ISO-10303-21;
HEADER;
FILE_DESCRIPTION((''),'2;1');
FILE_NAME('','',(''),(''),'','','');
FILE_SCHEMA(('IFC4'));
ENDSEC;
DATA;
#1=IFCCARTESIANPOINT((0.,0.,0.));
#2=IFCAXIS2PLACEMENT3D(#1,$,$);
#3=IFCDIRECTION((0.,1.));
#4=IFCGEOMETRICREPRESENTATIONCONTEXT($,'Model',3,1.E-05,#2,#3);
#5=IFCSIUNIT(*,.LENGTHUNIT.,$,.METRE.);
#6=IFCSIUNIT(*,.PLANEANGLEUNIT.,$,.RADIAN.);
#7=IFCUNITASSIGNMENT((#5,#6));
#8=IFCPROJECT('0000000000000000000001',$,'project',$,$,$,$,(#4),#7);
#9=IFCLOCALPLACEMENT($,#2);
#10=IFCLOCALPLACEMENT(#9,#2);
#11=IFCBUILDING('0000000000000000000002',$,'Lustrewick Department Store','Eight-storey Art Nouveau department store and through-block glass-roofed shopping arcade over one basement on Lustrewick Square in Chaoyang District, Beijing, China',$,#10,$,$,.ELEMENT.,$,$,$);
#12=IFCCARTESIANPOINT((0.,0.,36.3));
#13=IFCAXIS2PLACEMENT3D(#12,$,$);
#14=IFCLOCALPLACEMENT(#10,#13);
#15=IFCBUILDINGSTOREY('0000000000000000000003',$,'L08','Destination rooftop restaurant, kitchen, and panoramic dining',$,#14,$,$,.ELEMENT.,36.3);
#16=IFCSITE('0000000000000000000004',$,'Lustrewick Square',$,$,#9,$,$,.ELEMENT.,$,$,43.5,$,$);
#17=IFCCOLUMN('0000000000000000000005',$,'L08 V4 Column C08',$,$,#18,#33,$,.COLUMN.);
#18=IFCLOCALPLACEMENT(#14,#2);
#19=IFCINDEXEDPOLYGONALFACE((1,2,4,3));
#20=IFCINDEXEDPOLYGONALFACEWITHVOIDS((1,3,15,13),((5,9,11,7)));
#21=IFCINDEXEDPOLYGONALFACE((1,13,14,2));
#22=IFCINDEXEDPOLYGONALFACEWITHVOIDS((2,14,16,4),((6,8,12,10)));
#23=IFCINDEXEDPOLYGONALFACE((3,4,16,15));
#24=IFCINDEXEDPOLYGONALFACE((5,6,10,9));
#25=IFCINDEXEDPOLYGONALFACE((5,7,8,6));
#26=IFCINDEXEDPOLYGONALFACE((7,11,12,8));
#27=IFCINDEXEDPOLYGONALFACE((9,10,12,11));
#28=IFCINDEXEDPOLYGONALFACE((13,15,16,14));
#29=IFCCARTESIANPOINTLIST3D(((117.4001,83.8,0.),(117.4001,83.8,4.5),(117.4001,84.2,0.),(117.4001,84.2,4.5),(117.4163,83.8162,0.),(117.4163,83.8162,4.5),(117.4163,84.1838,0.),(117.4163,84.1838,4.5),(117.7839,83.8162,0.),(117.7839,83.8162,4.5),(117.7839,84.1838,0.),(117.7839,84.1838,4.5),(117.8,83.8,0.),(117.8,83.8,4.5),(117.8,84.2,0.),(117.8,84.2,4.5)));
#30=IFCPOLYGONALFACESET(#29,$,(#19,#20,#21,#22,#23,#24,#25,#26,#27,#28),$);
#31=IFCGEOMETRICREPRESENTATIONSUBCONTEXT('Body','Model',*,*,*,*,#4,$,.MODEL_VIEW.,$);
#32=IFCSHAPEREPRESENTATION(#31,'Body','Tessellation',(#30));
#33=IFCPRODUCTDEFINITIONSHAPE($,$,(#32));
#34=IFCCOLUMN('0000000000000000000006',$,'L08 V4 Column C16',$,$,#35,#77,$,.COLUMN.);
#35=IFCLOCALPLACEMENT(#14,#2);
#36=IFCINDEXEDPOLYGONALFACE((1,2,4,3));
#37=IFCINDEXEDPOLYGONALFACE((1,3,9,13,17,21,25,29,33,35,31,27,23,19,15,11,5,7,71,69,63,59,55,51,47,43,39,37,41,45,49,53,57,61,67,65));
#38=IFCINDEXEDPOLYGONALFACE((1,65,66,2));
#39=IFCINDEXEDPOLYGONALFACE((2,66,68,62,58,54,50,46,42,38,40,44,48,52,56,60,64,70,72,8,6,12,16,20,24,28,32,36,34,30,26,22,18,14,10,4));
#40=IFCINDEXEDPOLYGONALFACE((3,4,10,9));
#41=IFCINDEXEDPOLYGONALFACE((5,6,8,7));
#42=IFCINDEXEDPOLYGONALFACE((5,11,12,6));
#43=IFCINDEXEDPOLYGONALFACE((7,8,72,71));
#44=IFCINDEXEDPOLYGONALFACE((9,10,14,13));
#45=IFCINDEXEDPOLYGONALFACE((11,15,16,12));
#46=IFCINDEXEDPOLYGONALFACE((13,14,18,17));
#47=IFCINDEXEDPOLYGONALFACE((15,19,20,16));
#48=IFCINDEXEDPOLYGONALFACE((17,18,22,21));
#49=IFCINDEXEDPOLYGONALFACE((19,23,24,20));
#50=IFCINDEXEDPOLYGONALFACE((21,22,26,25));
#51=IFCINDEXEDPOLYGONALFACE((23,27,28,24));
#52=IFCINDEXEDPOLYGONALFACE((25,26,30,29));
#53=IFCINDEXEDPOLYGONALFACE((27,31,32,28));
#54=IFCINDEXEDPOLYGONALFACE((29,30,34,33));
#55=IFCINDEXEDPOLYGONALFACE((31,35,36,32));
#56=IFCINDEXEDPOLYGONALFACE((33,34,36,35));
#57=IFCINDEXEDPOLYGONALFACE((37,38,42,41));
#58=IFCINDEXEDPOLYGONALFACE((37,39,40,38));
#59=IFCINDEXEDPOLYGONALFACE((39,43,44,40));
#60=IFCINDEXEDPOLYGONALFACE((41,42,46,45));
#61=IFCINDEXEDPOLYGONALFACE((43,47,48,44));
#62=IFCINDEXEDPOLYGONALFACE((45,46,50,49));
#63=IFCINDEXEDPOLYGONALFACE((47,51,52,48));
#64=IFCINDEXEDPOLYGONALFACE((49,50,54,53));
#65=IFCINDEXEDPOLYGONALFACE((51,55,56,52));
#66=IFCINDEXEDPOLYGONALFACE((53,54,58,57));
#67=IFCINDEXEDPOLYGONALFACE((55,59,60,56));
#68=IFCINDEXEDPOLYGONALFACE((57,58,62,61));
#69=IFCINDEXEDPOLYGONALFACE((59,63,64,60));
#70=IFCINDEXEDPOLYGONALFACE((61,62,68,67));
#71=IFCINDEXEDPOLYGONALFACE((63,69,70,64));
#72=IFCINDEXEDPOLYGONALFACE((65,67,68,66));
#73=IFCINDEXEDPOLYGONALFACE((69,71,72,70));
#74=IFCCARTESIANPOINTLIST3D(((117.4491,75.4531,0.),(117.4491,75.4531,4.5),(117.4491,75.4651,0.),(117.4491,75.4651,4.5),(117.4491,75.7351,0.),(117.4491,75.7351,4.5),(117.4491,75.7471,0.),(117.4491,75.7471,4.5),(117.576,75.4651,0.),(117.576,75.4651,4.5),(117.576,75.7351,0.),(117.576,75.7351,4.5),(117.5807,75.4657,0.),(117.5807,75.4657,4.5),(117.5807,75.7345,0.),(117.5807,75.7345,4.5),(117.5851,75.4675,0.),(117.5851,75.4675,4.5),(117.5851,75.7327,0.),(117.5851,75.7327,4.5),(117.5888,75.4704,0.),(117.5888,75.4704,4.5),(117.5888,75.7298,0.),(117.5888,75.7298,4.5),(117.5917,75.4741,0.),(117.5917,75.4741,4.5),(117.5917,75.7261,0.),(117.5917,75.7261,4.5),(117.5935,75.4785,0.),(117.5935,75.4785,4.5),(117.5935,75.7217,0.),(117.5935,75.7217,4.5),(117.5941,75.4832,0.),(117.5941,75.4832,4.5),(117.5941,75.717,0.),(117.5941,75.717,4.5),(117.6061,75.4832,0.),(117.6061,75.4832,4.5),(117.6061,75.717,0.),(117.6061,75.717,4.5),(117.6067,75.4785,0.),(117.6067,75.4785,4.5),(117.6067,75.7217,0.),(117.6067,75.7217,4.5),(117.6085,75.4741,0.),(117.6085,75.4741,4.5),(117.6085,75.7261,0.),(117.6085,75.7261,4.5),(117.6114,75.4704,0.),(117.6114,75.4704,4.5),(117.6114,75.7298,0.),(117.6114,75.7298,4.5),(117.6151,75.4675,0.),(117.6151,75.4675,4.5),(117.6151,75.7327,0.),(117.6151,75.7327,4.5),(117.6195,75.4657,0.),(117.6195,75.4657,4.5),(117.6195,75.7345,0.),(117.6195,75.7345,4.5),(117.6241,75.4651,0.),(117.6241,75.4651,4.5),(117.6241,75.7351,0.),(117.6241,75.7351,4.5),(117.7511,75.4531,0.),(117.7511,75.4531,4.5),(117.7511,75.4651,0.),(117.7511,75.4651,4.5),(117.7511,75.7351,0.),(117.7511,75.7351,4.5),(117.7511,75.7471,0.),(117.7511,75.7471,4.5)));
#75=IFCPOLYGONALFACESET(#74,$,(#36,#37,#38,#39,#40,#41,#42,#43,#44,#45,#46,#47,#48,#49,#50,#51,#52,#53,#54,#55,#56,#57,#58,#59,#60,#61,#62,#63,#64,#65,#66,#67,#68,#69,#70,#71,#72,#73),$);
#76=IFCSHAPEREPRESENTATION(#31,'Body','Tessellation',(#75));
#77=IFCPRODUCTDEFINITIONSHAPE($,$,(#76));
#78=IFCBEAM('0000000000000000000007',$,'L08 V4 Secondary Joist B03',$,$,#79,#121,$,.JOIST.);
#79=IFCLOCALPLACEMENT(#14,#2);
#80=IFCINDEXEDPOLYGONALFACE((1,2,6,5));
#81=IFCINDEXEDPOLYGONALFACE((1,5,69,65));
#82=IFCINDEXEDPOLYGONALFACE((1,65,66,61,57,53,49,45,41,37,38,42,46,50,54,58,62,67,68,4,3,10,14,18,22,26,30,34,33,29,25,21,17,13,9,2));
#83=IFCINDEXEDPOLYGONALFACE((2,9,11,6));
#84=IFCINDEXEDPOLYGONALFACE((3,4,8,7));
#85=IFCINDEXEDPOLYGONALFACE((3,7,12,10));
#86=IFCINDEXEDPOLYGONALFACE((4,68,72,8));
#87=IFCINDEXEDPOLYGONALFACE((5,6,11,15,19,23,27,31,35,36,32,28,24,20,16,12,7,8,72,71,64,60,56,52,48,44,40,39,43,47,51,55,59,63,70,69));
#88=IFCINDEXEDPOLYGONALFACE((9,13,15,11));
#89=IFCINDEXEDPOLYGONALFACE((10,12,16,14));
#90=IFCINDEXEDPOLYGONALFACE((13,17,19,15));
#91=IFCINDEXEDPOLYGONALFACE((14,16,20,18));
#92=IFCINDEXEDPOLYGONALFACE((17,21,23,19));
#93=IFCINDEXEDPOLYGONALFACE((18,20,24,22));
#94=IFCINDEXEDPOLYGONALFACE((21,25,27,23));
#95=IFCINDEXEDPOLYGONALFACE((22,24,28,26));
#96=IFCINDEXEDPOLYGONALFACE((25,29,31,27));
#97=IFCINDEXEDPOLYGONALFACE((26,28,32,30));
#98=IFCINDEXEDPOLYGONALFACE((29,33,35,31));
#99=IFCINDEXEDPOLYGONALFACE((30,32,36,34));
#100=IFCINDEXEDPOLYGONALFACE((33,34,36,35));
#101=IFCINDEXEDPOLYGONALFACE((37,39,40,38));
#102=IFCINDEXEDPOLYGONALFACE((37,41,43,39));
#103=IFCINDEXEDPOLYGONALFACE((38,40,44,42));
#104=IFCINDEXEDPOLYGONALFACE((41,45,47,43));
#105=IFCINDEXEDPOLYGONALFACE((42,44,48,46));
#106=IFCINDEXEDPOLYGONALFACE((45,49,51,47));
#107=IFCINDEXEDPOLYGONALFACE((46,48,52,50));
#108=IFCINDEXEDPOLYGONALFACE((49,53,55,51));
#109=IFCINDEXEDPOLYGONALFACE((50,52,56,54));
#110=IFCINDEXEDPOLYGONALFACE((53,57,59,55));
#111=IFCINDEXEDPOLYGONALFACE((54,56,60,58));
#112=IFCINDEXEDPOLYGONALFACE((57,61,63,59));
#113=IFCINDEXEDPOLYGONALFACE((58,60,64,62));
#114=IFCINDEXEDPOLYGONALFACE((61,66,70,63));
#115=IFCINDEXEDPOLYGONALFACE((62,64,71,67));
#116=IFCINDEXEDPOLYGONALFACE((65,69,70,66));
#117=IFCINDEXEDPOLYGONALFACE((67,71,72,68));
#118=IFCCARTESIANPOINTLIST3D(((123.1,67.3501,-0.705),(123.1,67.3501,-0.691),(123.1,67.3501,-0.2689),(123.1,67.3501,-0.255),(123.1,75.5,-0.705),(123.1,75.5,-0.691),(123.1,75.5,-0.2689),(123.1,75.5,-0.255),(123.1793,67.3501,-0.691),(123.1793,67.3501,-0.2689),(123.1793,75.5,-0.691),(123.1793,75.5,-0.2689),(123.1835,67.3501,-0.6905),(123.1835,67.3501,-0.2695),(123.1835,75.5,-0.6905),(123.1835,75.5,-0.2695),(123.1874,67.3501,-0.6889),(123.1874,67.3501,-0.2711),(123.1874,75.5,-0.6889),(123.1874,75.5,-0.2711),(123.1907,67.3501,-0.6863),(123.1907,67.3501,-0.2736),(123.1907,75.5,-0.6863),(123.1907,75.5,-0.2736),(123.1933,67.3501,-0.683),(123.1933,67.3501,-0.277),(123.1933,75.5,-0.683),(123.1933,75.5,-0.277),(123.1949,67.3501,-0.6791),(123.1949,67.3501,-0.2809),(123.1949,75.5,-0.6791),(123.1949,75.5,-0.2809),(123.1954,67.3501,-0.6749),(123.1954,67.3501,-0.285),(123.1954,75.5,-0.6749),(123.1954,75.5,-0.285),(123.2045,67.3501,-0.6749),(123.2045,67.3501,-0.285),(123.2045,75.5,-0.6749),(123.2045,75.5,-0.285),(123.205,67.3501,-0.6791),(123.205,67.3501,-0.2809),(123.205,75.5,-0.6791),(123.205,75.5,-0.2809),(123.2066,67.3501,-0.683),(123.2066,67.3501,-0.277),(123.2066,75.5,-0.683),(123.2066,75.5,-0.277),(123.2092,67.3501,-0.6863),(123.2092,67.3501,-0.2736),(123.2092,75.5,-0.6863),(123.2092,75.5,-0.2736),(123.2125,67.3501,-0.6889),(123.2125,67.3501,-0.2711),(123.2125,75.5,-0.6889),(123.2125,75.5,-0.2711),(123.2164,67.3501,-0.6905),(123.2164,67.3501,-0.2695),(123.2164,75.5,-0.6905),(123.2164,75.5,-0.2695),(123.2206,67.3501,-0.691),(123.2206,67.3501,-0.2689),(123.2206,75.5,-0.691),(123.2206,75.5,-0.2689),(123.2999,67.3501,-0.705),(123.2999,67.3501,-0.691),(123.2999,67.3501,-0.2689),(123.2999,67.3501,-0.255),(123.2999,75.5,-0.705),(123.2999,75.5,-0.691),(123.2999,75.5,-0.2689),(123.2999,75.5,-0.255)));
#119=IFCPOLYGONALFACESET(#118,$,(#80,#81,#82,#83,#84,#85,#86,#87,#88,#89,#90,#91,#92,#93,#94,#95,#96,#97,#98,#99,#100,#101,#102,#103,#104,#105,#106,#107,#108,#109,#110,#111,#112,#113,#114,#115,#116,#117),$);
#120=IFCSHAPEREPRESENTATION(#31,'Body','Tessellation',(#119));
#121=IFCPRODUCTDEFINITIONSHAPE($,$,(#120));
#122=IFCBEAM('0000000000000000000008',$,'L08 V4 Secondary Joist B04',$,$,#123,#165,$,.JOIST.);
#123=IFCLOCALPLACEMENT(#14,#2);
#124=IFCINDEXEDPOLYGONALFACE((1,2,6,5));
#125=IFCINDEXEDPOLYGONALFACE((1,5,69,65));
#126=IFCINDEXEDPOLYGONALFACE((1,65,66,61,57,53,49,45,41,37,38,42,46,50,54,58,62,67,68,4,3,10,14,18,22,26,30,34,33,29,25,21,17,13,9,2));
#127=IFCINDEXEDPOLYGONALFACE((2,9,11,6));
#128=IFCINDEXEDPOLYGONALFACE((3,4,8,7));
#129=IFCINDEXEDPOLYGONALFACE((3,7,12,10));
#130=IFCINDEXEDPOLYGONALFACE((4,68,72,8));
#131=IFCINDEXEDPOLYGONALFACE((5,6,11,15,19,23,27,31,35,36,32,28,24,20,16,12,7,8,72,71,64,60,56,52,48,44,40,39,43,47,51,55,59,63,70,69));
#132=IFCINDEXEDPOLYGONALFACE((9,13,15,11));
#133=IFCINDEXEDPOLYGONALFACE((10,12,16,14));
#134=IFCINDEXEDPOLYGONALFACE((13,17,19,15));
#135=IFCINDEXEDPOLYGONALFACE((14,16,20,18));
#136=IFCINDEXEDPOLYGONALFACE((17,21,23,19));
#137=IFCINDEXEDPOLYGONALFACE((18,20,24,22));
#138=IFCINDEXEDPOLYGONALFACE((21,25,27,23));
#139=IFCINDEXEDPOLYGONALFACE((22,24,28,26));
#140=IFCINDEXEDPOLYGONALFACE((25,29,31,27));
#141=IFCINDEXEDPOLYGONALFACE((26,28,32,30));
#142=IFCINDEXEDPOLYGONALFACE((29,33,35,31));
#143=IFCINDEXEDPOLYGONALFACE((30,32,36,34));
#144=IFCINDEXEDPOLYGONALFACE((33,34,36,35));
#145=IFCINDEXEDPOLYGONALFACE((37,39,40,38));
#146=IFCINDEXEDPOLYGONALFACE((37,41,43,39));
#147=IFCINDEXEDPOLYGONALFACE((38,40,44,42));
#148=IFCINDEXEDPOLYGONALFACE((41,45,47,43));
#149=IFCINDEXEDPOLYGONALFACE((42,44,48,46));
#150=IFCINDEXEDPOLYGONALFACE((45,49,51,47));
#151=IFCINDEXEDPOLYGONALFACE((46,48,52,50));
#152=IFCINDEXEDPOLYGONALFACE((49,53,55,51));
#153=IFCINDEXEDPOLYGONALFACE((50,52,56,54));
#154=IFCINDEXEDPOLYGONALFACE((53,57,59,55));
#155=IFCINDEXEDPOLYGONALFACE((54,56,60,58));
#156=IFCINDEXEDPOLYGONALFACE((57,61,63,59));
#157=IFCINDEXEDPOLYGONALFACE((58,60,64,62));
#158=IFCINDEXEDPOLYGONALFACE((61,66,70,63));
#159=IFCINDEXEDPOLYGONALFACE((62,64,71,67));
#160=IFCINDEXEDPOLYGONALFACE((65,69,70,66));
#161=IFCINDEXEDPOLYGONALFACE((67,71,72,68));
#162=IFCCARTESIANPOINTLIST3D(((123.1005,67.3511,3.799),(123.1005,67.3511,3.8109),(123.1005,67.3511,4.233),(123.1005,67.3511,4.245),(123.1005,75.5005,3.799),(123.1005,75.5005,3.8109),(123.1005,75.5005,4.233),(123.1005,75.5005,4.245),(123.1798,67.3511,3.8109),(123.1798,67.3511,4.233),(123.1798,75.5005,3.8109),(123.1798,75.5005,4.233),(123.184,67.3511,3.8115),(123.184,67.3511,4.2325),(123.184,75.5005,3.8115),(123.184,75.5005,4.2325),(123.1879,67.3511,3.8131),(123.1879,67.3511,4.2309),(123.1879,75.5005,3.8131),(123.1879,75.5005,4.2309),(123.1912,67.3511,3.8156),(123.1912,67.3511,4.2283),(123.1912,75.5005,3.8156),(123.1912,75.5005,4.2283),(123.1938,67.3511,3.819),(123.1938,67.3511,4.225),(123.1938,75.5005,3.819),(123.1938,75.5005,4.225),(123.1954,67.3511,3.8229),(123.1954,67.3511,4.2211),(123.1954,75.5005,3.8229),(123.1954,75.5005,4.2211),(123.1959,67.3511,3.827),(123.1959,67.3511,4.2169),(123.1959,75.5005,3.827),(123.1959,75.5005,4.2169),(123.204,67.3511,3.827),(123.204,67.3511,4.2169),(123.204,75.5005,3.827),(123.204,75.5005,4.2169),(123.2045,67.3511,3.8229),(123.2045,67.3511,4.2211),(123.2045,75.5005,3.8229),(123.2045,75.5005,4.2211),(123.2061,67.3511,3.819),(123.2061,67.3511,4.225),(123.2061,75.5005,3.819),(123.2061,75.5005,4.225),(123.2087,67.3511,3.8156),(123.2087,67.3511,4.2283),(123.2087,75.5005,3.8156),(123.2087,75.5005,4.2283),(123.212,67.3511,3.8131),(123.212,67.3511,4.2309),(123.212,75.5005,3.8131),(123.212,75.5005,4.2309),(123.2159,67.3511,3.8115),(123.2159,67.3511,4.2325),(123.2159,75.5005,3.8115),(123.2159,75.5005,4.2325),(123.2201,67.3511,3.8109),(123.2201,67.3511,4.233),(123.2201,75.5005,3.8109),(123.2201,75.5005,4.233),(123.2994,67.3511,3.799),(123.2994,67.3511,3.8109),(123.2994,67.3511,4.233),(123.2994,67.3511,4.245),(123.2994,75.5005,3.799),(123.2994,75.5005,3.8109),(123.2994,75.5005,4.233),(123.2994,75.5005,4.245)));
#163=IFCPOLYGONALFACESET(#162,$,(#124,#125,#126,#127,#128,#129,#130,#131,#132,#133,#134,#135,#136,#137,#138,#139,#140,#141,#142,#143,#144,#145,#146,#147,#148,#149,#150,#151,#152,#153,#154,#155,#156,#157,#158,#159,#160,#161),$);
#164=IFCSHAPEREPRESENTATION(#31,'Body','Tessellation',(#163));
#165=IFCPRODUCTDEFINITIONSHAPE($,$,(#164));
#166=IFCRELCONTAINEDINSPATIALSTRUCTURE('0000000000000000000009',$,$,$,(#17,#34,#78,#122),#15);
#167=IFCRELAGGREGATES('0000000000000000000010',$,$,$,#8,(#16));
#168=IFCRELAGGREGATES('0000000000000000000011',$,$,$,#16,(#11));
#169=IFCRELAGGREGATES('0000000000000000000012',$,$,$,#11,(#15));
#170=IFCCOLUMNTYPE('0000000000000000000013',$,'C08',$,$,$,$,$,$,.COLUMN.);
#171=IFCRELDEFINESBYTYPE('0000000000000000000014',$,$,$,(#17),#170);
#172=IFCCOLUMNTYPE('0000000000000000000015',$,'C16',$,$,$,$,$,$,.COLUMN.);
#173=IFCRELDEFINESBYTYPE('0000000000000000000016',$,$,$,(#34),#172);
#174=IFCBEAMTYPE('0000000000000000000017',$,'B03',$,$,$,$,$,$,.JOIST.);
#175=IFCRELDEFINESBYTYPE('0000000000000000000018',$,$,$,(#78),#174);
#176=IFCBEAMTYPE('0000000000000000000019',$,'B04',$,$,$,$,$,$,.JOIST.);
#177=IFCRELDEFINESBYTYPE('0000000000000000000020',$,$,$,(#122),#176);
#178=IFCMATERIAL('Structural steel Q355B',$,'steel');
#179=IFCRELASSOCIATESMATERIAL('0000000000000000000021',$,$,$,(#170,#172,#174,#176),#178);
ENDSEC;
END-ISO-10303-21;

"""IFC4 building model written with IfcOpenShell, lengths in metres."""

from ifc_helpers import new_model, si_unit, direction, frame, origin, origin_2d, place, context, subcontext, project, spatial, hollow_rectangle, i_section, extrude, material, material_profile, profile_set, type_object, element, save


model = new_model("IFC4")

# Units and contexts
model_context = context("Model", 3, precision=1e-05, world=origin(), true_north=direction((0.0, 1.0)))
body_context = subcontext(model_context, "Body", "Model", "MODEL_VIEW")
ifc_project = project(units=[si_unit("LENGTHUNIT", "METRE"), si_unit("PLANEANGLEUNIT", "RADIAN")], contexts=[model_context])

# Site, building, storey
site_placement = place(None, origin())
site = spatial("IfcSite", under=ifc_project, at=site_placement, Name="Lustrewick Square", CompositionType="ELEMENT", RefElevation=43.5)
building_placement = place(site_placement, origin())
building = spatial("IfcBuilding", under=site, at=building_placement, Name="Lustrewick Department Store", Description="Eight-storey Art Nouveau department store and through-block glass-roofed shopping arcade over one basement on Lustrewick Square in Chaoyang District, Beijing, China", CompositionType="ELEMENT")
storey_placement = place(building_placement, frame((0.0, 0.0, 36.3)))
storey = spatial("IfcBuildingStorey", under=building, at=storey_placement, Name="L08", Description="Destination rooftop restaurant, kitchen, and panoramic dining", CompositionType="ELEMENT", Elevation=36.3)

# Columns
ifc_material_1 = material(Name="Structural steel Q355B", Category="steel")
ifc_material_profile_1 = material_profile(ifc_material_1, hollow_rectangle(XDim=0.3999, YDim=0.3999, WallThickness=0.0161, at=origin_2d()), Name="BOX 400x400x16")
ifc_profile_set_1 = profile_set([ifc_material_profile_1], Name="Structural steel Q355B")
column_type_1 = type_object("IfcColumnType", Name="C08", PredefinedType="COLUMN", material=ifc_profile_set_1)
column_1_placement = place(storey_placement, frame((117.6001, 84.0, 0.0), z_axis=(0.0, 0.0, 1.0), x_axis=(1.0, 0.0, 0.0)))
element("IfcColumn", 1, at=column_1_placement, inside=storey, type_object=column_type_1, Name="L08 V4 Column C08", PredefinedType="COLUMN", context=body_context, shape_type="SweptSolid", body=[
    extrude(hollow_rectangle(XDim=0.3999, YDim=0.3999, WallThickness=0.0161, at=origin_2d()), origin(), (0.0, 0.0, 1.0), 4.5),
])
ifc_material_profile_2 = material_profile(ifc_material_1, i_section(OverallWidth=0.302, OverallDepth=0.2939, WebThickness=0.012, FlangeThickness=0.012, FilletRadius=0.0181, at=origin_2d()), Name="HW 294x302x12x12")
ifc_profile_set_2 = profile_set([ifc_material_profile_2], Name="Structural steel Q355B")
column_type_2 = type_object("IfcColumnType", Name="C16", PredefinedType="COLUMN", material=ifc_profile_set_2)
column_2_placement = place(storey_placement, frame((117.6001, 75.6001, 0.0), z_axis=(0.0, 0.0, 1.0), x_axis=(1.0, 0.0, 0.0)))
element("IfcColumn", 2, at=column_2_placement, inside=storey, type_object=column_type_2, Name="L08 V4 Column C16", PredefinedType="COLUMN", context=body_context, shape_type="SweptSolid", body=[
    extrude(i_section(OverallWidth=0.302, OverallDepth=0.2939, WebThickness=0.012, FlangeThickness=0.012, FilletRadius=0.0181, at=origin_2d()), origin(), (0.0, 0.0, 1.0), 4.5),
])

# Beams
ifc_material_profile_3 = material_profile(ifc_material_1, i_section(OverallWidth=0.2, OverallDepth=0.45, WebThickness=0.009, FlangeThickness=0.0139, FilletRadius=0.0161, at=origin_2d()), Name="HN 450x200x9x14")
ifc_profile_set_3 = profile_set([ifc_material_profile_3], Name="Structural steel Q355B")
beam_type_1 = type_object("IfcBeamType", Name="B03", PredefinedType="JOIST", material=ifc_profile_set_3)
beam_1_placement = place(storey_placement, frame((123.2, 67.3501, -0.48), z_axis=(0.0, 1.0, 0.0), x_axis=(-1.0, 0.0, 0.0)))
element("IfcBeam", 3, at=beam_1_placement, inside=storey, type_object=beam_type_1, Name="L08 V4 Secondary Joist B03", PredefinedType="JOIST", context=body_context, shape_type="SweptSolid", body=[
    extrude(i_section(OverallWidth=0.2, OverallDepth=0.45, WebThickness=0.009, FlangeThickness=0.0139, FilletRadius=0.0161, at=origin_2d()), origin(), (0.0, 0.0, 1.0), 8.1499),
])
ifc_material_profile_4 = material_profile(ifc_material_1, i_section(OverallWidth=0.199, OverallDepth=0.446, WebThickness=0.0081, FlangeThickness=0.012, FilletRadius=0.0161, at=origin_2d()), Name="HN 446x199x8x12")
ifc_profile_set_4 = profile_set([ifc_material_profile_4], Name="Structural steel Q355B")
beam_type_2 = type_object("IfcBeamType", Name="B04", PredefinedType="JOIST", material=ifc_profile_set_4)
beam_2_placement = place(storey_placement, frame((123.2, 67.3511, 4.022), z_axis=(0.0, 1.0, 0.0), x_axis=(-1.0, 0.0, 0.0)))
element("IfcBeam", 4, at=beam_2_placement, inside=storey, type_object=beam_type_2, Name="L08 V4 Secondary Joist B04", PredefinedType="JOIST", context=body_context, shape_type="SweptSolid", body=[
    extrude(i_section(OverallWidth=0.199, OverallDepth=0.446, WebThickness=0.0081, FlangeThickness=0.012, FilletRadius=0.0161, at=origin_2d()), origin(), (0.0, 0.0, 1.0), 8.1494),
])

save(model, "model.ifc")
